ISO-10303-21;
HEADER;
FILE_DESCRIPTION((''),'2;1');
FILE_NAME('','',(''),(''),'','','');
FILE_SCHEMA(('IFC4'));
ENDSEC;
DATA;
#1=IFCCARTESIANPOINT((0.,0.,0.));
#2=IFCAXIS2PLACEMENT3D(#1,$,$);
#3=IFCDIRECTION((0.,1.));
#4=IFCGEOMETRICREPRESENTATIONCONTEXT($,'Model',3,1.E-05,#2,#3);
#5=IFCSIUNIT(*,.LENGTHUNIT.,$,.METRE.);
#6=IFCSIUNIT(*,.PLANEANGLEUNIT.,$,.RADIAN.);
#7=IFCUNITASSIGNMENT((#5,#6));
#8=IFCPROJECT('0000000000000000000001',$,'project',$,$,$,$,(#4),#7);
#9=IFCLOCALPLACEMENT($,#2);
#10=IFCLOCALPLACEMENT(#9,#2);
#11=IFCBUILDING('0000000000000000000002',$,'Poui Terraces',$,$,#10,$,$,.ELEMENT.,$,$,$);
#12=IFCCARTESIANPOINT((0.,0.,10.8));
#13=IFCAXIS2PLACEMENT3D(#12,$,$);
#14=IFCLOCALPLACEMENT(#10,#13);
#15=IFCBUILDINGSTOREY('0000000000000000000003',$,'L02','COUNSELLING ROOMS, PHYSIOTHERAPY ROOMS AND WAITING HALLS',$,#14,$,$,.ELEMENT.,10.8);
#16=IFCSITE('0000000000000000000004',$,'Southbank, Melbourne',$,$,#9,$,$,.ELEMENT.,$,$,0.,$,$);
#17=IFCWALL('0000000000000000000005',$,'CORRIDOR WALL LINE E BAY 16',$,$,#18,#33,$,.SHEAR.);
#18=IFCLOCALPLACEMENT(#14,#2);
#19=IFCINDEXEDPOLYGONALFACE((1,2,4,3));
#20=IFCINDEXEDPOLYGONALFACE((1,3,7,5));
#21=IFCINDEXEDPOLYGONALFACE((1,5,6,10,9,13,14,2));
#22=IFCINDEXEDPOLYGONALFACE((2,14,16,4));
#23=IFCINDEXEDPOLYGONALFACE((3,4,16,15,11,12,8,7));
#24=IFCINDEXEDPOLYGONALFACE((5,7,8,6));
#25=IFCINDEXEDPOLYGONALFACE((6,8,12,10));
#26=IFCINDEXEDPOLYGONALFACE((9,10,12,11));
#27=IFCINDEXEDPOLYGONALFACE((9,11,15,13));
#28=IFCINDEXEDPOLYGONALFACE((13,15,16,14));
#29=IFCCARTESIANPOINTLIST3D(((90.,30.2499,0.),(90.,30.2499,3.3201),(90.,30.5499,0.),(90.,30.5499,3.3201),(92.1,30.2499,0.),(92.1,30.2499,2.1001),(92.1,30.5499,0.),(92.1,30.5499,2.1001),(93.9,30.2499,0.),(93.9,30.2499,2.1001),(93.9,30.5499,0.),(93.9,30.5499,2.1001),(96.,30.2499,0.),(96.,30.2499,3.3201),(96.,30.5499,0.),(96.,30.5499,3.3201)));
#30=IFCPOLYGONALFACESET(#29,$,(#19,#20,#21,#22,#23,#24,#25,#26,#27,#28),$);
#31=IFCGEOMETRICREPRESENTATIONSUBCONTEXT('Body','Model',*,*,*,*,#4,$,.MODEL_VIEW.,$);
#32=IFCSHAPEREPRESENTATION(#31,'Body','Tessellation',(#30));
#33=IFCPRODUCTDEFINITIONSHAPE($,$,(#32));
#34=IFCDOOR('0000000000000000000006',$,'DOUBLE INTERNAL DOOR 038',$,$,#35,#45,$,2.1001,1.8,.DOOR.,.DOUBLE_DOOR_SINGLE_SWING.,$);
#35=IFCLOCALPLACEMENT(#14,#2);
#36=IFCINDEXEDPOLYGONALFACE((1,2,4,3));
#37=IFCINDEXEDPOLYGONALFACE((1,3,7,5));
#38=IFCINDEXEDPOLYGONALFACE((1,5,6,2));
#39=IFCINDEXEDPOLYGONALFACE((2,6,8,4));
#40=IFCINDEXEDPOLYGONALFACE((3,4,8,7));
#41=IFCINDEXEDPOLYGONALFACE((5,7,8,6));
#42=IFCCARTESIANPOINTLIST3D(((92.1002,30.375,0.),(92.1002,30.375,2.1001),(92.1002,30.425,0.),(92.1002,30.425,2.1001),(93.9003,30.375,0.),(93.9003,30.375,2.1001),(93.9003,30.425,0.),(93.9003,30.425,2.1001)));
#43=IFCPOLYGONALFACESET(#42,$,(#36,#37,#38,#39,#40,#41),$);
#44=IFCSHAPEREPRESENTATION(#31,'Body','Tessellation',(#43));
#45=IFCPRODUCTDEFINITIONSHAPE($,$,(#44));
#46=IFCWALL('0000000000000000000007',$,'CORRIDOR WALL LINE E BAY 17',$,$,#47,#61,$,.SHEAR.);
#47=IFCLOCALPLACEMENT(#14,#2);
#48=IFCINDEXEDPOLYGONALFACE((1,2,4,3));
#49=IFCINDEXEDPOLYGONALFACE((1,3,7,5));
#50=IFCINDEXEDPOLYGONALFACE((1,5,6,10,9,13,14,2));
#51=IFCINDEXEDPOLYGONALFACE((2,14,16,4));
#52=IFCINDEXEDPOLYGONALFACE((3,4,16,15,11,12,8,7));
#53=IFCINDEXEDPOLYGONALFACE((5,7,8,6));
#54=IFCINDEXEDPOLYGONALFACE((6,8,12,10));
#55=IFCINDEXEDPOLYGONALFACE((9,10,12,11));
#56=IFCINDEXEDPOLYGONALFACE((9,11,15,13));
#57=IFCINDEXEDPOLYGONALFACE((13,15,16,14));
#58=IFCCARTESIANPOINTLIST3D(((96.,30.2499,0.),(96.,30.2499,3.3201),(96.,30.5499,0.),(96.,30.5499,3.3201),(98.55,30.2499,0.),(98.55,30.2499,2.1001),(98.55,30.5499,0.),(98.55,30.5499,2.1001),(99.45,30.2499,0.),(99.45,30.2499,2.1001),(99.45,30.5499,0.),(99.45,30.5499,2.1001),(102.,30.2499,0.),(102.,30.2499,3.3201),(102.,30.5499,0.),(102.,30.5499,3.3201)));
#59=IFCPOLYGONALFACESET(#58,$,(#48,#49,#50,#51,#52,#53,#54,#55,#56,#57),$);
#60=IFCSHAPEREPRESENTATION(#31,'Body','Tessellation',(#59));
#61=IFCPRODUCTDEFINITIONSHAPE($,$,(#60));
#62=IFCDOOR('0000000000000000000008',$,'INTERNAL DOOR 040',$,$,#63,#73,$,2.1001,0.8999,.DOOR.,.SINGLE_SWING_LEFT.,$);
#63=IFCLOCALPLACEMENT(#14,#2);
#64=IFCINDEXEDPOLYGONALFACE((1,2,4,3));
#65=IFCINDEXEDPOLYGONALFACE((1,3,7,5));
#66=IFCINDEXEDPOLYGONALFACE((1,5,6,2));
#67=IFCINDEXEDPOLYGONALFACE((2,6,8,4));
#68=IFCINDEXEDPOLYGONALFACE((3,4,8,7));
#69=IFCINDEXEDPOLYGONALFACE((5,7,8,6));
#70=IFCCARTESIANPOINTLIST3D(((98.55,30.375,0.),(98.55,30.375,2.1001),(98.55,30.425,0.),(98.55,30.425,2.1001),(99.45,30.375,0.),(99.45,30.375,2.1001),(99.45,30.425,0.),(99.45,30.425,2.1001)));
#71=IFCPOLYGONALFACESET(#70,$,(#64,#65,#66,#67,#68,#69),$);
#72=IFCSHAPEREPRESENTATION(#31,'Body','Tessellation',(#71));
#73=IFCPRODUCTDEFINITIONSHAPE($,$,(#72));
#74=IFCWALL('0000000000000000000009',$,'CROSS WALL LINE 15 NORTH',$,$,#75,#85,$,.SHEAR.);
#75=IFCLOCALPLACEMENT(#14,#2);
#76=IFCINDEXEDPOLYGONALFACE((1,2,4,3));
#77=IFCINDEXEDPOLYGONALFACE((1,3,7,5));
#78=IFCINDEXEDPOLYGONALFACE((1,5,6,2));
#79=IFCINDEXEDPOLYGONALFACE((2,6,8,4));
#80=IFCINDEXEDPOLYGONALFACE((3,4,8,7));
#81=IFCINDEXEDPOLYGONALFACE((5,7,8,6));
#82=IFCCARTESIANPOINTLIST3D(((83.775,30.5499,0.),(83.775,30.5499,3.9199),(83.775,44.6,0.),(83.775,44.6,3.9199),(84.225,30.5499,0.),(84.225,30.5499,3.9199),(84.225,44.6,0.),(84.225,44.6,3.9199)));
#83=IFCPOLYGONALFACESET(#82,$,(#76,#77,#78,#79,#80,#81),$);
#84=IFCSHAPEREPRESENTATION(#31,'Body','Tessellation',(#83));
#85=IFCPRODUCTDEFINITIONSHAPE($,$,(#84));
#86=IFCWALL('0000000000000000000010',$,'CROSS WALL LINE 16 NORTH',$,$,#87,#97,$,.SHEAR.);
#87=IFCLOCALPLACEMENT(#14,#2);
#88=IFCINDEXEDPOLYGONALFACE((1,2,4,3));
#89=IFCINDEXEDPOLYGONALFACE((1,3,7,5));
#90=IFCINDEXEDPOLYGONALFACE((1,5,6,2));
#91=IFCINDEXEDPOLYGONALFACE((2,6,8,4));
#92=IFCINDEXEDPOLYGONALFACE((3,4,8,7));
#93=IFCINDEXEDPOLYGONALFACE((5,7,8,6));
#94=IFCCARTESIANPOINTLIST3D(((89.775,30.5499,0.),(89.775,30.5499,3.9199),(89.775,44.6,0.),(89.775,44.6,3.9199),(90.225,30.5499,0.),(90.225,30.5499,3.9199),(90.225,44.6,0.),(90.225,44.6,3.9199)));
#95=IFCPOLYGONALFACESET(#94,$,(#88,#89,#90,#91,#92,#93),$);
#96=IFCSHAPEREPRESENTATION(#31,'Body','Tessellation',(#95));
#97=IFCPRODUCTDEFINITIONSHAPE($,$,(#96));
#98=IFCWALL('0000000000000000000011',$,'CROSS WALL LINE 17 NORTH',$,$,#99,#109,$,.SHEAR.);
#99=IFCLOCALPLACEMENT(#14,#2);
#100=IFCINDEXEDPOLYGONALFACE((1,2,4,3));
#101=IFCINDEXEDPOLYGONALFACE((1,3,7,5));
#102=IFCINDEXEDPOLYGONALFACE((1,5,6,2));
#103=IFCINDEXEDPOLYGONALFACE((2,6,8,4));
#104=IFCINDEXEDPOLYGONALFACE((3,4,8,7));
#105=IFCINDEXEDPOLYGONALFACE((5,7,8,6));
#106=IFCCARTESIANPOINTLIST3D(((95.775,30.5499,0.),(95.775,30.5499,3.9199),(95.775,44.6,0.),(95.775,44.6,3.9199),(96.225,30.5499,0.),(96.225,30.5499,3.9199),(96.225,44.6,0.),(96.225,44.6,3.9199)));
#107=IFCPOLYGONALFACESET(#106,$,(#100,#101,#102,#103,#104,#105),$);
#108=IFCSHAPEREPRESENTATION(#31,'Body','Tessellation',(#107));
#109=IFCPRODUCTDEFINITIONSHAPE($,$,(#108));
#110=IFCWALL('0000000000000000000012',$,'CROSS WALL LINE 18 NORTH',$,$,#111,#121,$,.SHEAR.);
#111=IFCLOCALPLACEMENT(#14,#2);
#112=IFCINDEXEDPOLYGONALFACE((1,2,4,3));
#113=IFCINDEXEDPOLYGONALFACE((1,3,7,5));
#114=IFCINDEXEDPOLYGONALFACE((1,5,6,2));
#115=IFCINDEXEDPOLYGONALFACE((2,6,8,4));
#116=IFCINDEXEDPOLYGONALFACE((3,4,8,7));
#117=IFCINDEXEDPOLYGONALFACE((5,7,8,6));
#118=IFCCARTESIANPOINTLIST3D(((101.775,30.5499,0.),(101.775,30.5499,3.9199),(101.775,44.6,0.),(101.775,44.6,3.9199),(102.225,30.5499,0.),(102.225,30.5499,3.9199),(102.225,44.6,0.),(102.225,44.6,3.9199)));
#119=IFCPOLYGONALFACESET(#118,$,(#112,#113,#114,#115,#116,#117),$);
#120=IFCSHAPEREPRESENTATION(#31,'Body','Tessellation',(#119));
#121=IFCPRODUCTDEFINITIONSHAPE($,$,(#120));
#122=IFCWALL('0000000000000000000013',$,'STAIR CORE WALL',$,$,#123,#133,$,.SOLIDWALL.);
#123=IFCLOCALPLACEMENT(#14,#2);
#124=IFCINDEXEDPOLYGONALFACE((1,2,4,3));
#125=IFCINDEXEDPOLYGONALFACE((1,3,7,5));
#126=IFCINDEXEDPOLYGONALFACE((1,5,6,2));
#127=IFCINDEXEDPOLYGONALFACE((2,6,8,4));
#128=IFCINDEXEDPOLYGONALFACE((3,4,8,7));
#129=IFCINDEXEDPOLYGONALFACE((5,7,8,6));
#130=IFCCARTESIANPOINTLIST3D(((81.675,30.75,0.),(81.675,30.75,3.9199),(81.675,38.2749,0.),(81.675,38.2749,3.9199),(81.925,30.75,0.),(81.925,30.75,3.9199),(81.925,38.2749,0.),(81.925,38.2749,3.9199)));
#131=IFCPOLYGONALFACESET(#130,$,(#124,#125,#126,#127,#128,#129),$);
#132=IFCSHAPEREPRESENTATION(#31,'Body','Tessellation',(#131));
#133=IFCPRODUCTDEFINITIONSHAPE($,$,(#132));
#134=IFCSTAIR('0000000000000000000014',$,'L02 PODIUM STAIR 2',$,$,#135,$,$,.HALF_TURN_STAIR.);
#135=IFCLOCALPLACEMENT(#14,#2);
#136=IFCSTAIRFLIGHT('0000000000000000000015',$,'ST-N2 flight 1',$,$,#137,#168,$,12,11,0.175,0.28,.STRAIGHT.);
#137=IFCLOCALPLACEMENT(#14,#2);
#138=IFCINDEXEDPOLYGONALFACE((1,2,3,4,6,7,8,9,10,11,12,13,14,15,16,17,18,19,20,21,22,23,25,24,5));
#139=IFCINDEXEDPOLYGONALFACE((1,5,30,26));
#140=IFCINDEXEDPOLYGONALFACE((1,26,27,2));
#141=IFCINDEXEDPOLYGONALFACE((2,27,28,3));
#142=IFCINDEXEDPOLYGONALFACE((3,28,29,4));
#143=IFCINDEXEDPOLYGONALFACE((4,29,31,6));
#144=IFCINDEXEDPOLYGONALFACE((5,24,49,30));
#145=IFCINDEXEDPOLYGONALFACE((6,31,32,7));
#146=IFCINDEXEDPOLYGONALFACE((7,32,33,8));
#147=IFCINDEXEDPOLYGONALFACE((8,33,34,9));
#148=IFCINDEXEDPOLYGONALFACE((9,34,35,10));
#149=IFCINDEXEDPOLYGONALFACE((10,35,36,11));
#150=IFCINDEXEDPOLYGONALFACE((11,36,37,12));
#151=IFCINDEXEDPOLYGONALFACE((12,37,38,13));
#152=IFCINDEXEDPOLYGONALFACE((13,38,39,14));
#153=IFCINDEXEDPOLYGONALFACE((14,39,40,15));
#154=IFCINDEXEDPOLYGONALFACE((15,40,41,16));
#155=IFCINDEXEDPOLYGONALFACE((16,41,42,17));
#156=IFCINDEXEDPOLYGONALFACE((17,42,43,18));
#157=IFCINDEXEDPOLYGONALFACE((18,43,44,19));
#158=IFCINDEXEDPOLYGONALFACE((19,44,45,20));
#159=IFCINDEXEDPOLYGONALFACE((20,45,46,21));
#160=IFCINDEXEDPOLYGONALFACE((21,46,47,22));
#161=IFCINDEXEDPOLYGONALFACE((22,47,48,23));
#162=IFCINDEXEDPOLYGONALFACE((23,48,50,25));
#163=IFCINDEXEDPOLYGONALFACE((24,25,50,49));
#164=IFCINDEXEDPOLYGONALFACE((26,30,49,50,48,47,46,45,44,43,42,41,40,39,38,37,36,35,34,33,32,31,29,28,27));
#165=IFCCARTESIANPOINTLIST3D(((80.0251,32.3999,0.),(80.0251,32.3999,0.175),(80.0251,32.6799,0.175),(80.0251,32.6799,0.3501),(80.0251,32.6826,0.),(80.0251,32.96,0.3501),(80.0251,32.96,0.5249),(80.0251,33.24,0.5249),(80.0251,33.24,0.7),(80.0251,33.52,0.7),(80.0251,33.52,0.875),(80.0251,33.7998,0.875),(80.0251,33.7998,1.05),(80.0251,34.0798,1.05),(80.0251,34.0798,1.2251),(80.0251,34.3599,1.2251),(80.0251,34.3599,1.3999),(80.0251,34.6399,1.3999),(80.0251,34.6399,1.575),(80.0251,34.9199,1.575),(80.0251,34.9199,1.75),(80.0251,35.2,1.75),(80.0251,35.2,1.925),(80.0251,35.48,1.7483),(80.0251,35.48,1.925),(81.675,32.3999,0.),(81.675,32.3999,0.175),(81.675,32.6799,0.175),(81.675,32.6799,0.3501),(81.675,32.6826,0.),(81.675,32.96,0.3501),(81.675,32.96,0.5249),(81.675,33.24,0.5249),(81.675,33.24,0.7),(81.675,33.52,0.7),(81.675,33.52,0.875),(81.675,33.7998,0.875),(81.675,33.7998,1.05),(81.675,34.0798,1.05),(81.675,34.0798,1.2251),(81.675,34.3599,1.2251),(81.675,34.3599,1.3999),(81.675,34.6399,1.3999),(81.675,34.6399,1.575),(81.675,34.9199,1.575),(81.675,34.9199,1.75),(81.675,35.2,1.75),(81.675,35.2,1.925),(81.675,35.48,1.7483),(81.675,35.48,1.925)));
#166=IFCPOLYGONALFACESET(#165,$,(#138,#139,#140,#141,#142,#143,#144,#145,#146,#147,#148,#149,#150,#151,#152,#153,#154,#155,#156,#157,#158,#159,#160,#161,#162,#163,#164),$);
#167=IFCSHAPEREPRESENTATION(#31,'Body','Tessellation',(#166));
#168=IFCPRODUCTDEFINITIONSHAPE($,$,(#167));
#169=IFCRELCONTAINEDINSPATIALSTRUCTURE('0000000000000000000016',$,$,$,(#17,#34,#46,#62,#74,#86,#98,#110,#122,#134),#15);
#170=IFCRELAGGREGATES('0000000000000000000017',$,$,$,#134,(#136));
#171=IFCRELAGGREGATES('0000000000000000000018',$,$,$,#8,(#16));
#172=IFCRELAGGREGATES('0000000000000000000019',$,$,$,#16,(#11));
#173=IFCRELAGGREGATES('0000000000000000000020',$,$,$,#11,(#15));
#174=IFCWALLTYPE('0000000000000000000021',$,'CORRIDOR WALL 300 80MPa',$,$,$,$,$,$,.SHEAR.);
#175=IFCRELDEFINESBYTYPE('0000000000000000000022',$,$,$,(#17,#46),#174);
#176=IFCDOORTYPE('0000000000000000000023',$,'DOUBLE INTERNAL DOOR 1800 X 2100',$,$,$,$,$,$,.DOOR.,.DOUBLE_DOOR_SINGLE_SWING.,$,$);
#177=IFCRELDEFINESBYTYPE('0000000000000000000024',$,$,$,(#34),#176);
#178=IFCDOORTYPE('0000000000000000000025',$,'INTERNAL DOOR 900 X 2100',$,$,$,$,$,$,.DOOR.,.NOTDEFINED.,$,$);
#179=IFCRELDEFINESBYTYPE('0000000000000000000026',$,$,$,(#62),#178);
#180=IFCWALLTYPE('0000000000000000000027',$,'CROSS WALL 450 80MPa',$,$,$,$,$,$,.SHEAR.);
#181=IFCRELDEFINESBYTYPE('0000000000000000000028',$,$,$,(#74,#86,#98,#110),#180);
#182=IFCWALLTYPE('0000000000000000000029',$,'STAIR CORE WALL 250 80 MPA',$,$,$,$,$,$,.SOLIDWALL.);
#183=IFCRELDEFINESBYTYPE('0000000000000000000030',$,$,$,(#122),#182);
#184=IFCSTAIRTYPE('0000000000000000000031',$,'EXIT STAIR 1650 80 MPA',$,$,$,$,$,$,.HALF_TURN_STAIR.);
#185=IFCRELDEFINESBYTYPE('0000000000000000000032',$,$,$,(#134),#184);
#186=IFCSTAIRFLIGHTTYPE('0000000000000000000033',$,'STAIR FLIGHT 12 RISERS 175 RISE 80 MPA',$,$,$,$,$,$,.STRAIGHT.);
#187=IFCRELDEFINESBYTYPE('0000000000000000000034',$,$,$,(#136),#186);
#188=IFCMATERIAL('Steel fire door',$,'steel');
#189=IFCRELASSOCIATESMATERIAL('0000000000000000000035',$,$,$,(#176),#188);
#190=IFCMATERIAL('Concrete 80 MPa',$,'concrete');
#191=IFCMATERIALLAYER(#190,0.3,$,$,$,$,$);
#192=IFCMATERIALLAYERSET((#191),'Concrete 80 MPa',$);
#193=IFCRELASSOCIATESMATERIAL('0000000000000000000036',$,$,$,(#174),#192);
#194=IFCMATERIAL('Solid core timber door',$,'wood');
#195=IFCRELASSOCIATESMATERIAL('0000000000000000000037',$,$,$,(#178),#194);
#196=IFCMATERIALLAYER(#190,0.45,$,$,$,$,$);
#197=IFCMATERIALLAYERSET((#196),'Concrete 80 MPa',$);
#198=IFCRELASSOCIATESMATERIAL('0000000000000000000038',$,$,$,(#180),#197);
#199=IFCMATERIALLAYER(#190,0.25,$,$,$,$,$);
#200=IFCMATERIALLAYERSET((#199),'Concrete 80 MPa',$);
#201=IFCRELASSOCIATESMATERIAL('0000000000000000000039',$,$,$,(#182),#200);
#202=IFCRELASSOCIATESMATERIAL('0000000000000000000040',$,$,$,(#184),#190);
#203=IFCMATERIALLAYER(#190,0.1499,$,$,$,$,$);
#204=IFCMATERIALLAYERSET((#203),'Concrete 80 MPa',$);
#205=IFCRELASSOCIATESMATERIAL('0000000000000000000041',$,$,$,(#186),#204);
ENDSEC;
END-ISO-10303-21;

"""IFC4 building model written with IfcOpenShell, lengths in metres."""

from ifc_helpers import new_model, si_unit, direction, frame, frame_2d, origin, place, context, subcontext, project, spatial, polyline, rectangle, outline, extrude, material, layer, layer_set, type_object, element, fill, aggregate, save


model = new_model("IFC4")

# Units and contexts
model_context = context("Model", 3, precision=1e-05, world=origin(), true_north=direction((0.0, 1.0)))
body_context = subcontext(model_context, "Body", "Model", "MODEL_VIEW")
ifc_project = project(units=[si_unit("LENGTHUNIT", "METRE"), si_unit("PLANEANGLEUNIT", "RADIAN")], contexts=[model_context])

# Site, building, storey
site_placement = place(None, origin())
site = spatial("IfcSite", under=ifc_project, at=site_placement, Name="Southbank, Melbourne", CompositionType="ELEMENT", RefElevation=0.0)
building_placement = place(site_placement, origin())
building = spatial("IfcBuilding", under=site, at=building_placement, Name="Poui Terraces", CompositionType="ELEMENT")
storey_placement = place(building_placement, frame((0.0, 0.0, 10.8)))
storey = spatial("IfcBuildingStorey", under=building, at=storey_placement, Name="L02", Description="COUNSELLING ROOMS, PHYSIOTHERAPY ROOMS AND WAITING HALLS", CompositionType="ELEMENT", Elevation=10.8)

# Shared definitions
ifc_material_1 = material(Name="Concrete 80 MPa", Category="concrete")

# Walls, openings, doors
ifc_material_2 = material(Name="Steel fire door", Category="steel")
door_type_1 = type_object("IfcDoorType", Name="DOUBLE INTERNAL DOOR 1800 X 2100", OperationType="DOUBLE_DOOR_SINGLE_SWING", PredefinedType="DOOR", material=ifc_material_2)
ifc_material_3 = material(Name="Solid core timber door", Category="wood")
ifc_layer_1 = layer(ifc_material_1, 0.3)
ifc_layer_set_1 = layer_set([ifc_layer_1], Name="Concrete 80 MPa")
wall_type_1 = type_object("IfcWallType", Name="CORRIDOR WALL 300 80MPa", PredefinedType="SHEAR", material=ifc_layer_set_1)
wall_1_placement = place(storey_placement, frame((90.0, 30.3999, 0.0), z_axis=(0.0, 0.0, 1.0), x_axis=(1.0, 0.0, 0.0)))
wall_1 = element("IfcWall", 1, at=wall_1_placement, inside=storey, type_object=wall_type_1, Name="CORRIDOR WALL LINE E BAY 16", PredefinedType="SHEAR", context=body_context, shape_type="SweptSolid", body=[
    extrude(rectangle(XDim=6.0, YDim=0.3, at=frame_2d((3.0, 0.0))), origin(), (0.0, 0.0, 1.0), 3.3201),
])
opening_1_placement = place(wall_1_placement, frame((2.1001, 0.0, 0.0)))
opening_1 = element("IfcOpeningElement", 2, at=opening_1_placement, cuts=wall_1, PredefinedType="OPENING", context=body_context, shape_type="SweptSolid", body=[
    extrude(rectangle(XDim=1.8, YDim=2.1001, at=frame_2d((0.8999, 1.05))), frame((0.0, 0.1602, 0.0), z_axis=(0.0, -1.0, 0.0), x_axis=(1.0, 0.0, 0.0)), (0.0, 0.0, 1.0), 0.3201),
])
door_1_placement = place(opening_1_placement, frame((1.8, 0.0, 0.0), z_axis=(0.0, 0.0, 1.0), x_axis=(-1.0, 0.0, 0.0)))
door_1 = element("IfcDoor", 3, at=door_1_placement, inside=storey, type_object=door_type_1, Name="DOUBLE INTERNAL DOOR 038", OperationType="DOUBLE_DOOR_SINGLE_SWING", OverallHeight=2.1001, OverallWidth=1.8, PredefinedType="DOOR", context=body_context, shape_type="SweptSolid", body=[
    extrude(rectangle(XDim=1.8, YDim=2.1001, at=frame_2d((0.8999, 1.05))), frame((0.0, 0.0249, 0.0), z_axis=(0.0, -1.0, 0.0), x_axis=(1.0, 0.0, 0.0)), (0.0, 0.0, 1.0), 0.05),
])
fill(opening_1, door_1)
wall_2_placement = place(storey_placement, frame((96.0, 30.3999, 0.0), z_axis=(0.0, 0.0, 1.0), x_axis=(1.0, 0.0, 0.0)))
wall_2 = element("IfcWall", 4, at=wall_2_placement, inside=storey, type_object=wall_type_1, Name="CORRIDOR WALL LINE E BAY 17", PredefinedType="SHEAR", context=body_context, shape_type="SweptSolid", body=[
    extrude(rectangle(XDim=6.0, YDim=0.3, at=frame_2d((3.0, 0.0))), origin(), (0.0, 0.0, 1.0), 3.3201),
])
opening_2_placement = place(wall_2_placement, frame((2.55, 0.0, 0.0)))
opening_2 = element("IfcOpeningElement", 5, at=opening_2_placement, cuts=wall_2, PredefinedType="OPENING", context=body_context, shape_type="SweptSolid", body=[
    extrude(rectangle(XDim=0.8999, YDim=2.1001, at=frame_2d((0.45, 1.05))), frame((0.0, 0.1602, 0.0), z_axis=(0.0, -1.0, 0.0), x_axis=(1.0, 0.0, 0.0)), (0.0, 0.0, 1.0), 0.3201),
])
door_type_2 = type_object("IfcDoorType", Name="INTERNAL DOOR 900 X 2100", OperationType="NOTDEFINED", PredefinedType="DOOR", material=ifc_material_3)
door_2_placement = place(opening_2_placement, frame((0.8999, 0.0, 0.0), z_axis=(0.0, 0.0, 1.0), x_axis=(-1.0, 0.0, 0.0)))
door_2 = element("IfcDoor", 6, at=door_2_placement, inside=storey, type_object=door_type_2, Name="INTERNAL DOOR 040", OperationType="SINGLE_SWING_LEFT", OverallHeight=2.1001, OverallWidth=0.8999, PredefinedType="DOOR", context=body_context, shape_type="SweptSolid", body=[
    extrude(rectangle(XDim=0.8999, YDim=2.1001, at=frame_2d((0.45, 1.05))), frame((0.0, 0.0249, 0.0), z_axis=(0.0, -1.0, 0.0), x_axis=(1.0, 0.0, 0.0)), (0.0, 0.0, 1.0), 0.05),
])
fill(opening_2, door_2)

# Walls
ifc_layer_2 = layer(ifc_material_1, 0.45)
ifc_layer_set_2 = layer_set([ifc_layer_2], Name="Concrete 80 MPa")
wall_type_2 = type_object("IfcWallType", Name="CROSS WALL 450 80MPa", PredefinedType="SHEAR", material=ifc_layer_set_2)
for number, where, z_axis, x_axis, name in (
    (7, (84.0, 30.55, 0.0), (0.0, 0.0, 1.0), (0.0, 1.0, 0.0), "CROSS WALL LINE 15 NORTH"),
    (8, (90.0, 30.55, 0.0), (0.0, 0.0, 1.0), (0.0, 1.0, 0.0), "CROSS WALL LINE 16 NORTH"),
    (9, (96.0, 30.55, 0.0), (0.0, 0.0, 1.0), (0.0, 1.0, 0.0), "CROSS WALL LINE 17 NORTH"),
    (10, (102.0, 30.55, 0.0), (0.0, 0.0, 1.0), (0.0, 1.0, 0.0), "CROSS WALL LINE 18 NORTH"),
):
    element("IfcWall", number, at=place(storey_placement, frame(where, z_axis=z_axis, x_axis=x_axis)), inside=storey, type_object=wall_type_2, Name=name, PredefinedType="SHEAR", context=body_context, shape_type="SweptSolid", body=[
        extrude(rectangle(XDim=14.05, YDim=0.45, at=frame_2d((7.0249, 0.0))), origin(), (0.0, 0.0, 1.0), 3.9199),
    ])
ifc_layer_3 = layer(ifc_material_1, 0.25)
ifc_layer_set_3 = layer_set([ifc_layer_3], Name="Concrete 80 MPa")
wall_type_3 = type_object("IfcWallType", Name="STAIR CORE WALL 250 80 MPA", PredefinedType="SOLIDWALL", material=ifc_layer_set_3)
wall_3_placement = place(storey_placement, frame((81.8, 30.75, 0.0), z_axis=(0.0, 0.0, 1.0), x_axis=(0.0, 1.0, 0.0)))
element("IfcWall", 11, at=wall_3_placement, inside=storey, type_object=wall_type_3, Name="STAIR CORE WALL", PredefinedType="SOLIDWALL", context=body_context, shape_type="SweptSolid", body=[
    extrude(rectangle(XDim=7.5249, YDim=0.25, at=frame_2d((3.7625, 0.0))), origin(), (0.0, 0.0, 1.0), 3.9199),
])

# Stair, stair flight
stair_type = type_object("IfcStairType", Name="EXIT STAIR 1650 80 MPA", PredefinedType="HALF_TURN_STAIR", material=ifc_material_1)
stair_placement = place(storey_placement, origin())
stair = element("IfcStair", 12, at=stair_placement, inside=storey, type_object=stair_type, Name="L02 PODIUM STAIR 2", PredefinedType="HALF_TURN_STAIR")
ifc_layer_4 = layer(ifc_material_1, 0.1499)
ifc_layer_set_4 = layer_set([ifc_layer_4], Name="Concrete 80 MPa")
stair_flight_type = type_object("IfcStairFlightType", Name="STAIR FLIGHT 12 RISERS 175 RISE 80 MPA", PredefinedType="STRAIGHT", material=ifc_layer_set_4)
stair_flight_1_placement = place(storey_placement, frame((80.8501, 32.3999, 0.0), z_axis=(0.0, 0.0, 1.0), x_axis=(0.0, 1.0, 0.0)))
stair_flight_1 = element("IfcStairFlight", 13, at=stair_flight_1_placement, type_object=stair_flight_type, Name="ST-N2 flight 1", NumberOfRisers=12, NumberOfTreads=11, PredefinedType="STRAIGHT", RiserHeight=0.175, TreadLength=0.28, context=body_context, shape_type="SweptSolid", body=[
    extrude(outline(polyline([(0.0, 0.0), (0.0, 0.175), (0.28, 0.175), (0.28, 0.3501), (0.5601, 0.3501), (0.5601, 0.5249), (0.8401, 0.5249), (0.8401, 0.7), (1.1201, 0.7), (1.1201, 0.875), (1.3999, 0.875), (1.3999, 1.05), (1.6799, 1.05), (1.6799, 1.2251), (1.96, 1.2251), (1.96, 1.3999), (2.24, 1.3999), (2.24, 1.575), (2.52, 1.575), (2.52, 1.75), (2.8, 1.75), (2.8, 1.925), (3.0801, 1.925), (3.0801, 2.1001), (3.0801, 1.7483), (0.2827, 0.0), (0.0, 0.0)])), frame((0.0, 0.825, 0.0), z_axis=(0.0, -1.0, 0.0), x_axis=(1.0, 0.0, 0.0)), (0.0, 0.0, 1.0), 1.6499),
])
aggregate(stair, [stair_flight_1])

save(model, "model.ifc")
